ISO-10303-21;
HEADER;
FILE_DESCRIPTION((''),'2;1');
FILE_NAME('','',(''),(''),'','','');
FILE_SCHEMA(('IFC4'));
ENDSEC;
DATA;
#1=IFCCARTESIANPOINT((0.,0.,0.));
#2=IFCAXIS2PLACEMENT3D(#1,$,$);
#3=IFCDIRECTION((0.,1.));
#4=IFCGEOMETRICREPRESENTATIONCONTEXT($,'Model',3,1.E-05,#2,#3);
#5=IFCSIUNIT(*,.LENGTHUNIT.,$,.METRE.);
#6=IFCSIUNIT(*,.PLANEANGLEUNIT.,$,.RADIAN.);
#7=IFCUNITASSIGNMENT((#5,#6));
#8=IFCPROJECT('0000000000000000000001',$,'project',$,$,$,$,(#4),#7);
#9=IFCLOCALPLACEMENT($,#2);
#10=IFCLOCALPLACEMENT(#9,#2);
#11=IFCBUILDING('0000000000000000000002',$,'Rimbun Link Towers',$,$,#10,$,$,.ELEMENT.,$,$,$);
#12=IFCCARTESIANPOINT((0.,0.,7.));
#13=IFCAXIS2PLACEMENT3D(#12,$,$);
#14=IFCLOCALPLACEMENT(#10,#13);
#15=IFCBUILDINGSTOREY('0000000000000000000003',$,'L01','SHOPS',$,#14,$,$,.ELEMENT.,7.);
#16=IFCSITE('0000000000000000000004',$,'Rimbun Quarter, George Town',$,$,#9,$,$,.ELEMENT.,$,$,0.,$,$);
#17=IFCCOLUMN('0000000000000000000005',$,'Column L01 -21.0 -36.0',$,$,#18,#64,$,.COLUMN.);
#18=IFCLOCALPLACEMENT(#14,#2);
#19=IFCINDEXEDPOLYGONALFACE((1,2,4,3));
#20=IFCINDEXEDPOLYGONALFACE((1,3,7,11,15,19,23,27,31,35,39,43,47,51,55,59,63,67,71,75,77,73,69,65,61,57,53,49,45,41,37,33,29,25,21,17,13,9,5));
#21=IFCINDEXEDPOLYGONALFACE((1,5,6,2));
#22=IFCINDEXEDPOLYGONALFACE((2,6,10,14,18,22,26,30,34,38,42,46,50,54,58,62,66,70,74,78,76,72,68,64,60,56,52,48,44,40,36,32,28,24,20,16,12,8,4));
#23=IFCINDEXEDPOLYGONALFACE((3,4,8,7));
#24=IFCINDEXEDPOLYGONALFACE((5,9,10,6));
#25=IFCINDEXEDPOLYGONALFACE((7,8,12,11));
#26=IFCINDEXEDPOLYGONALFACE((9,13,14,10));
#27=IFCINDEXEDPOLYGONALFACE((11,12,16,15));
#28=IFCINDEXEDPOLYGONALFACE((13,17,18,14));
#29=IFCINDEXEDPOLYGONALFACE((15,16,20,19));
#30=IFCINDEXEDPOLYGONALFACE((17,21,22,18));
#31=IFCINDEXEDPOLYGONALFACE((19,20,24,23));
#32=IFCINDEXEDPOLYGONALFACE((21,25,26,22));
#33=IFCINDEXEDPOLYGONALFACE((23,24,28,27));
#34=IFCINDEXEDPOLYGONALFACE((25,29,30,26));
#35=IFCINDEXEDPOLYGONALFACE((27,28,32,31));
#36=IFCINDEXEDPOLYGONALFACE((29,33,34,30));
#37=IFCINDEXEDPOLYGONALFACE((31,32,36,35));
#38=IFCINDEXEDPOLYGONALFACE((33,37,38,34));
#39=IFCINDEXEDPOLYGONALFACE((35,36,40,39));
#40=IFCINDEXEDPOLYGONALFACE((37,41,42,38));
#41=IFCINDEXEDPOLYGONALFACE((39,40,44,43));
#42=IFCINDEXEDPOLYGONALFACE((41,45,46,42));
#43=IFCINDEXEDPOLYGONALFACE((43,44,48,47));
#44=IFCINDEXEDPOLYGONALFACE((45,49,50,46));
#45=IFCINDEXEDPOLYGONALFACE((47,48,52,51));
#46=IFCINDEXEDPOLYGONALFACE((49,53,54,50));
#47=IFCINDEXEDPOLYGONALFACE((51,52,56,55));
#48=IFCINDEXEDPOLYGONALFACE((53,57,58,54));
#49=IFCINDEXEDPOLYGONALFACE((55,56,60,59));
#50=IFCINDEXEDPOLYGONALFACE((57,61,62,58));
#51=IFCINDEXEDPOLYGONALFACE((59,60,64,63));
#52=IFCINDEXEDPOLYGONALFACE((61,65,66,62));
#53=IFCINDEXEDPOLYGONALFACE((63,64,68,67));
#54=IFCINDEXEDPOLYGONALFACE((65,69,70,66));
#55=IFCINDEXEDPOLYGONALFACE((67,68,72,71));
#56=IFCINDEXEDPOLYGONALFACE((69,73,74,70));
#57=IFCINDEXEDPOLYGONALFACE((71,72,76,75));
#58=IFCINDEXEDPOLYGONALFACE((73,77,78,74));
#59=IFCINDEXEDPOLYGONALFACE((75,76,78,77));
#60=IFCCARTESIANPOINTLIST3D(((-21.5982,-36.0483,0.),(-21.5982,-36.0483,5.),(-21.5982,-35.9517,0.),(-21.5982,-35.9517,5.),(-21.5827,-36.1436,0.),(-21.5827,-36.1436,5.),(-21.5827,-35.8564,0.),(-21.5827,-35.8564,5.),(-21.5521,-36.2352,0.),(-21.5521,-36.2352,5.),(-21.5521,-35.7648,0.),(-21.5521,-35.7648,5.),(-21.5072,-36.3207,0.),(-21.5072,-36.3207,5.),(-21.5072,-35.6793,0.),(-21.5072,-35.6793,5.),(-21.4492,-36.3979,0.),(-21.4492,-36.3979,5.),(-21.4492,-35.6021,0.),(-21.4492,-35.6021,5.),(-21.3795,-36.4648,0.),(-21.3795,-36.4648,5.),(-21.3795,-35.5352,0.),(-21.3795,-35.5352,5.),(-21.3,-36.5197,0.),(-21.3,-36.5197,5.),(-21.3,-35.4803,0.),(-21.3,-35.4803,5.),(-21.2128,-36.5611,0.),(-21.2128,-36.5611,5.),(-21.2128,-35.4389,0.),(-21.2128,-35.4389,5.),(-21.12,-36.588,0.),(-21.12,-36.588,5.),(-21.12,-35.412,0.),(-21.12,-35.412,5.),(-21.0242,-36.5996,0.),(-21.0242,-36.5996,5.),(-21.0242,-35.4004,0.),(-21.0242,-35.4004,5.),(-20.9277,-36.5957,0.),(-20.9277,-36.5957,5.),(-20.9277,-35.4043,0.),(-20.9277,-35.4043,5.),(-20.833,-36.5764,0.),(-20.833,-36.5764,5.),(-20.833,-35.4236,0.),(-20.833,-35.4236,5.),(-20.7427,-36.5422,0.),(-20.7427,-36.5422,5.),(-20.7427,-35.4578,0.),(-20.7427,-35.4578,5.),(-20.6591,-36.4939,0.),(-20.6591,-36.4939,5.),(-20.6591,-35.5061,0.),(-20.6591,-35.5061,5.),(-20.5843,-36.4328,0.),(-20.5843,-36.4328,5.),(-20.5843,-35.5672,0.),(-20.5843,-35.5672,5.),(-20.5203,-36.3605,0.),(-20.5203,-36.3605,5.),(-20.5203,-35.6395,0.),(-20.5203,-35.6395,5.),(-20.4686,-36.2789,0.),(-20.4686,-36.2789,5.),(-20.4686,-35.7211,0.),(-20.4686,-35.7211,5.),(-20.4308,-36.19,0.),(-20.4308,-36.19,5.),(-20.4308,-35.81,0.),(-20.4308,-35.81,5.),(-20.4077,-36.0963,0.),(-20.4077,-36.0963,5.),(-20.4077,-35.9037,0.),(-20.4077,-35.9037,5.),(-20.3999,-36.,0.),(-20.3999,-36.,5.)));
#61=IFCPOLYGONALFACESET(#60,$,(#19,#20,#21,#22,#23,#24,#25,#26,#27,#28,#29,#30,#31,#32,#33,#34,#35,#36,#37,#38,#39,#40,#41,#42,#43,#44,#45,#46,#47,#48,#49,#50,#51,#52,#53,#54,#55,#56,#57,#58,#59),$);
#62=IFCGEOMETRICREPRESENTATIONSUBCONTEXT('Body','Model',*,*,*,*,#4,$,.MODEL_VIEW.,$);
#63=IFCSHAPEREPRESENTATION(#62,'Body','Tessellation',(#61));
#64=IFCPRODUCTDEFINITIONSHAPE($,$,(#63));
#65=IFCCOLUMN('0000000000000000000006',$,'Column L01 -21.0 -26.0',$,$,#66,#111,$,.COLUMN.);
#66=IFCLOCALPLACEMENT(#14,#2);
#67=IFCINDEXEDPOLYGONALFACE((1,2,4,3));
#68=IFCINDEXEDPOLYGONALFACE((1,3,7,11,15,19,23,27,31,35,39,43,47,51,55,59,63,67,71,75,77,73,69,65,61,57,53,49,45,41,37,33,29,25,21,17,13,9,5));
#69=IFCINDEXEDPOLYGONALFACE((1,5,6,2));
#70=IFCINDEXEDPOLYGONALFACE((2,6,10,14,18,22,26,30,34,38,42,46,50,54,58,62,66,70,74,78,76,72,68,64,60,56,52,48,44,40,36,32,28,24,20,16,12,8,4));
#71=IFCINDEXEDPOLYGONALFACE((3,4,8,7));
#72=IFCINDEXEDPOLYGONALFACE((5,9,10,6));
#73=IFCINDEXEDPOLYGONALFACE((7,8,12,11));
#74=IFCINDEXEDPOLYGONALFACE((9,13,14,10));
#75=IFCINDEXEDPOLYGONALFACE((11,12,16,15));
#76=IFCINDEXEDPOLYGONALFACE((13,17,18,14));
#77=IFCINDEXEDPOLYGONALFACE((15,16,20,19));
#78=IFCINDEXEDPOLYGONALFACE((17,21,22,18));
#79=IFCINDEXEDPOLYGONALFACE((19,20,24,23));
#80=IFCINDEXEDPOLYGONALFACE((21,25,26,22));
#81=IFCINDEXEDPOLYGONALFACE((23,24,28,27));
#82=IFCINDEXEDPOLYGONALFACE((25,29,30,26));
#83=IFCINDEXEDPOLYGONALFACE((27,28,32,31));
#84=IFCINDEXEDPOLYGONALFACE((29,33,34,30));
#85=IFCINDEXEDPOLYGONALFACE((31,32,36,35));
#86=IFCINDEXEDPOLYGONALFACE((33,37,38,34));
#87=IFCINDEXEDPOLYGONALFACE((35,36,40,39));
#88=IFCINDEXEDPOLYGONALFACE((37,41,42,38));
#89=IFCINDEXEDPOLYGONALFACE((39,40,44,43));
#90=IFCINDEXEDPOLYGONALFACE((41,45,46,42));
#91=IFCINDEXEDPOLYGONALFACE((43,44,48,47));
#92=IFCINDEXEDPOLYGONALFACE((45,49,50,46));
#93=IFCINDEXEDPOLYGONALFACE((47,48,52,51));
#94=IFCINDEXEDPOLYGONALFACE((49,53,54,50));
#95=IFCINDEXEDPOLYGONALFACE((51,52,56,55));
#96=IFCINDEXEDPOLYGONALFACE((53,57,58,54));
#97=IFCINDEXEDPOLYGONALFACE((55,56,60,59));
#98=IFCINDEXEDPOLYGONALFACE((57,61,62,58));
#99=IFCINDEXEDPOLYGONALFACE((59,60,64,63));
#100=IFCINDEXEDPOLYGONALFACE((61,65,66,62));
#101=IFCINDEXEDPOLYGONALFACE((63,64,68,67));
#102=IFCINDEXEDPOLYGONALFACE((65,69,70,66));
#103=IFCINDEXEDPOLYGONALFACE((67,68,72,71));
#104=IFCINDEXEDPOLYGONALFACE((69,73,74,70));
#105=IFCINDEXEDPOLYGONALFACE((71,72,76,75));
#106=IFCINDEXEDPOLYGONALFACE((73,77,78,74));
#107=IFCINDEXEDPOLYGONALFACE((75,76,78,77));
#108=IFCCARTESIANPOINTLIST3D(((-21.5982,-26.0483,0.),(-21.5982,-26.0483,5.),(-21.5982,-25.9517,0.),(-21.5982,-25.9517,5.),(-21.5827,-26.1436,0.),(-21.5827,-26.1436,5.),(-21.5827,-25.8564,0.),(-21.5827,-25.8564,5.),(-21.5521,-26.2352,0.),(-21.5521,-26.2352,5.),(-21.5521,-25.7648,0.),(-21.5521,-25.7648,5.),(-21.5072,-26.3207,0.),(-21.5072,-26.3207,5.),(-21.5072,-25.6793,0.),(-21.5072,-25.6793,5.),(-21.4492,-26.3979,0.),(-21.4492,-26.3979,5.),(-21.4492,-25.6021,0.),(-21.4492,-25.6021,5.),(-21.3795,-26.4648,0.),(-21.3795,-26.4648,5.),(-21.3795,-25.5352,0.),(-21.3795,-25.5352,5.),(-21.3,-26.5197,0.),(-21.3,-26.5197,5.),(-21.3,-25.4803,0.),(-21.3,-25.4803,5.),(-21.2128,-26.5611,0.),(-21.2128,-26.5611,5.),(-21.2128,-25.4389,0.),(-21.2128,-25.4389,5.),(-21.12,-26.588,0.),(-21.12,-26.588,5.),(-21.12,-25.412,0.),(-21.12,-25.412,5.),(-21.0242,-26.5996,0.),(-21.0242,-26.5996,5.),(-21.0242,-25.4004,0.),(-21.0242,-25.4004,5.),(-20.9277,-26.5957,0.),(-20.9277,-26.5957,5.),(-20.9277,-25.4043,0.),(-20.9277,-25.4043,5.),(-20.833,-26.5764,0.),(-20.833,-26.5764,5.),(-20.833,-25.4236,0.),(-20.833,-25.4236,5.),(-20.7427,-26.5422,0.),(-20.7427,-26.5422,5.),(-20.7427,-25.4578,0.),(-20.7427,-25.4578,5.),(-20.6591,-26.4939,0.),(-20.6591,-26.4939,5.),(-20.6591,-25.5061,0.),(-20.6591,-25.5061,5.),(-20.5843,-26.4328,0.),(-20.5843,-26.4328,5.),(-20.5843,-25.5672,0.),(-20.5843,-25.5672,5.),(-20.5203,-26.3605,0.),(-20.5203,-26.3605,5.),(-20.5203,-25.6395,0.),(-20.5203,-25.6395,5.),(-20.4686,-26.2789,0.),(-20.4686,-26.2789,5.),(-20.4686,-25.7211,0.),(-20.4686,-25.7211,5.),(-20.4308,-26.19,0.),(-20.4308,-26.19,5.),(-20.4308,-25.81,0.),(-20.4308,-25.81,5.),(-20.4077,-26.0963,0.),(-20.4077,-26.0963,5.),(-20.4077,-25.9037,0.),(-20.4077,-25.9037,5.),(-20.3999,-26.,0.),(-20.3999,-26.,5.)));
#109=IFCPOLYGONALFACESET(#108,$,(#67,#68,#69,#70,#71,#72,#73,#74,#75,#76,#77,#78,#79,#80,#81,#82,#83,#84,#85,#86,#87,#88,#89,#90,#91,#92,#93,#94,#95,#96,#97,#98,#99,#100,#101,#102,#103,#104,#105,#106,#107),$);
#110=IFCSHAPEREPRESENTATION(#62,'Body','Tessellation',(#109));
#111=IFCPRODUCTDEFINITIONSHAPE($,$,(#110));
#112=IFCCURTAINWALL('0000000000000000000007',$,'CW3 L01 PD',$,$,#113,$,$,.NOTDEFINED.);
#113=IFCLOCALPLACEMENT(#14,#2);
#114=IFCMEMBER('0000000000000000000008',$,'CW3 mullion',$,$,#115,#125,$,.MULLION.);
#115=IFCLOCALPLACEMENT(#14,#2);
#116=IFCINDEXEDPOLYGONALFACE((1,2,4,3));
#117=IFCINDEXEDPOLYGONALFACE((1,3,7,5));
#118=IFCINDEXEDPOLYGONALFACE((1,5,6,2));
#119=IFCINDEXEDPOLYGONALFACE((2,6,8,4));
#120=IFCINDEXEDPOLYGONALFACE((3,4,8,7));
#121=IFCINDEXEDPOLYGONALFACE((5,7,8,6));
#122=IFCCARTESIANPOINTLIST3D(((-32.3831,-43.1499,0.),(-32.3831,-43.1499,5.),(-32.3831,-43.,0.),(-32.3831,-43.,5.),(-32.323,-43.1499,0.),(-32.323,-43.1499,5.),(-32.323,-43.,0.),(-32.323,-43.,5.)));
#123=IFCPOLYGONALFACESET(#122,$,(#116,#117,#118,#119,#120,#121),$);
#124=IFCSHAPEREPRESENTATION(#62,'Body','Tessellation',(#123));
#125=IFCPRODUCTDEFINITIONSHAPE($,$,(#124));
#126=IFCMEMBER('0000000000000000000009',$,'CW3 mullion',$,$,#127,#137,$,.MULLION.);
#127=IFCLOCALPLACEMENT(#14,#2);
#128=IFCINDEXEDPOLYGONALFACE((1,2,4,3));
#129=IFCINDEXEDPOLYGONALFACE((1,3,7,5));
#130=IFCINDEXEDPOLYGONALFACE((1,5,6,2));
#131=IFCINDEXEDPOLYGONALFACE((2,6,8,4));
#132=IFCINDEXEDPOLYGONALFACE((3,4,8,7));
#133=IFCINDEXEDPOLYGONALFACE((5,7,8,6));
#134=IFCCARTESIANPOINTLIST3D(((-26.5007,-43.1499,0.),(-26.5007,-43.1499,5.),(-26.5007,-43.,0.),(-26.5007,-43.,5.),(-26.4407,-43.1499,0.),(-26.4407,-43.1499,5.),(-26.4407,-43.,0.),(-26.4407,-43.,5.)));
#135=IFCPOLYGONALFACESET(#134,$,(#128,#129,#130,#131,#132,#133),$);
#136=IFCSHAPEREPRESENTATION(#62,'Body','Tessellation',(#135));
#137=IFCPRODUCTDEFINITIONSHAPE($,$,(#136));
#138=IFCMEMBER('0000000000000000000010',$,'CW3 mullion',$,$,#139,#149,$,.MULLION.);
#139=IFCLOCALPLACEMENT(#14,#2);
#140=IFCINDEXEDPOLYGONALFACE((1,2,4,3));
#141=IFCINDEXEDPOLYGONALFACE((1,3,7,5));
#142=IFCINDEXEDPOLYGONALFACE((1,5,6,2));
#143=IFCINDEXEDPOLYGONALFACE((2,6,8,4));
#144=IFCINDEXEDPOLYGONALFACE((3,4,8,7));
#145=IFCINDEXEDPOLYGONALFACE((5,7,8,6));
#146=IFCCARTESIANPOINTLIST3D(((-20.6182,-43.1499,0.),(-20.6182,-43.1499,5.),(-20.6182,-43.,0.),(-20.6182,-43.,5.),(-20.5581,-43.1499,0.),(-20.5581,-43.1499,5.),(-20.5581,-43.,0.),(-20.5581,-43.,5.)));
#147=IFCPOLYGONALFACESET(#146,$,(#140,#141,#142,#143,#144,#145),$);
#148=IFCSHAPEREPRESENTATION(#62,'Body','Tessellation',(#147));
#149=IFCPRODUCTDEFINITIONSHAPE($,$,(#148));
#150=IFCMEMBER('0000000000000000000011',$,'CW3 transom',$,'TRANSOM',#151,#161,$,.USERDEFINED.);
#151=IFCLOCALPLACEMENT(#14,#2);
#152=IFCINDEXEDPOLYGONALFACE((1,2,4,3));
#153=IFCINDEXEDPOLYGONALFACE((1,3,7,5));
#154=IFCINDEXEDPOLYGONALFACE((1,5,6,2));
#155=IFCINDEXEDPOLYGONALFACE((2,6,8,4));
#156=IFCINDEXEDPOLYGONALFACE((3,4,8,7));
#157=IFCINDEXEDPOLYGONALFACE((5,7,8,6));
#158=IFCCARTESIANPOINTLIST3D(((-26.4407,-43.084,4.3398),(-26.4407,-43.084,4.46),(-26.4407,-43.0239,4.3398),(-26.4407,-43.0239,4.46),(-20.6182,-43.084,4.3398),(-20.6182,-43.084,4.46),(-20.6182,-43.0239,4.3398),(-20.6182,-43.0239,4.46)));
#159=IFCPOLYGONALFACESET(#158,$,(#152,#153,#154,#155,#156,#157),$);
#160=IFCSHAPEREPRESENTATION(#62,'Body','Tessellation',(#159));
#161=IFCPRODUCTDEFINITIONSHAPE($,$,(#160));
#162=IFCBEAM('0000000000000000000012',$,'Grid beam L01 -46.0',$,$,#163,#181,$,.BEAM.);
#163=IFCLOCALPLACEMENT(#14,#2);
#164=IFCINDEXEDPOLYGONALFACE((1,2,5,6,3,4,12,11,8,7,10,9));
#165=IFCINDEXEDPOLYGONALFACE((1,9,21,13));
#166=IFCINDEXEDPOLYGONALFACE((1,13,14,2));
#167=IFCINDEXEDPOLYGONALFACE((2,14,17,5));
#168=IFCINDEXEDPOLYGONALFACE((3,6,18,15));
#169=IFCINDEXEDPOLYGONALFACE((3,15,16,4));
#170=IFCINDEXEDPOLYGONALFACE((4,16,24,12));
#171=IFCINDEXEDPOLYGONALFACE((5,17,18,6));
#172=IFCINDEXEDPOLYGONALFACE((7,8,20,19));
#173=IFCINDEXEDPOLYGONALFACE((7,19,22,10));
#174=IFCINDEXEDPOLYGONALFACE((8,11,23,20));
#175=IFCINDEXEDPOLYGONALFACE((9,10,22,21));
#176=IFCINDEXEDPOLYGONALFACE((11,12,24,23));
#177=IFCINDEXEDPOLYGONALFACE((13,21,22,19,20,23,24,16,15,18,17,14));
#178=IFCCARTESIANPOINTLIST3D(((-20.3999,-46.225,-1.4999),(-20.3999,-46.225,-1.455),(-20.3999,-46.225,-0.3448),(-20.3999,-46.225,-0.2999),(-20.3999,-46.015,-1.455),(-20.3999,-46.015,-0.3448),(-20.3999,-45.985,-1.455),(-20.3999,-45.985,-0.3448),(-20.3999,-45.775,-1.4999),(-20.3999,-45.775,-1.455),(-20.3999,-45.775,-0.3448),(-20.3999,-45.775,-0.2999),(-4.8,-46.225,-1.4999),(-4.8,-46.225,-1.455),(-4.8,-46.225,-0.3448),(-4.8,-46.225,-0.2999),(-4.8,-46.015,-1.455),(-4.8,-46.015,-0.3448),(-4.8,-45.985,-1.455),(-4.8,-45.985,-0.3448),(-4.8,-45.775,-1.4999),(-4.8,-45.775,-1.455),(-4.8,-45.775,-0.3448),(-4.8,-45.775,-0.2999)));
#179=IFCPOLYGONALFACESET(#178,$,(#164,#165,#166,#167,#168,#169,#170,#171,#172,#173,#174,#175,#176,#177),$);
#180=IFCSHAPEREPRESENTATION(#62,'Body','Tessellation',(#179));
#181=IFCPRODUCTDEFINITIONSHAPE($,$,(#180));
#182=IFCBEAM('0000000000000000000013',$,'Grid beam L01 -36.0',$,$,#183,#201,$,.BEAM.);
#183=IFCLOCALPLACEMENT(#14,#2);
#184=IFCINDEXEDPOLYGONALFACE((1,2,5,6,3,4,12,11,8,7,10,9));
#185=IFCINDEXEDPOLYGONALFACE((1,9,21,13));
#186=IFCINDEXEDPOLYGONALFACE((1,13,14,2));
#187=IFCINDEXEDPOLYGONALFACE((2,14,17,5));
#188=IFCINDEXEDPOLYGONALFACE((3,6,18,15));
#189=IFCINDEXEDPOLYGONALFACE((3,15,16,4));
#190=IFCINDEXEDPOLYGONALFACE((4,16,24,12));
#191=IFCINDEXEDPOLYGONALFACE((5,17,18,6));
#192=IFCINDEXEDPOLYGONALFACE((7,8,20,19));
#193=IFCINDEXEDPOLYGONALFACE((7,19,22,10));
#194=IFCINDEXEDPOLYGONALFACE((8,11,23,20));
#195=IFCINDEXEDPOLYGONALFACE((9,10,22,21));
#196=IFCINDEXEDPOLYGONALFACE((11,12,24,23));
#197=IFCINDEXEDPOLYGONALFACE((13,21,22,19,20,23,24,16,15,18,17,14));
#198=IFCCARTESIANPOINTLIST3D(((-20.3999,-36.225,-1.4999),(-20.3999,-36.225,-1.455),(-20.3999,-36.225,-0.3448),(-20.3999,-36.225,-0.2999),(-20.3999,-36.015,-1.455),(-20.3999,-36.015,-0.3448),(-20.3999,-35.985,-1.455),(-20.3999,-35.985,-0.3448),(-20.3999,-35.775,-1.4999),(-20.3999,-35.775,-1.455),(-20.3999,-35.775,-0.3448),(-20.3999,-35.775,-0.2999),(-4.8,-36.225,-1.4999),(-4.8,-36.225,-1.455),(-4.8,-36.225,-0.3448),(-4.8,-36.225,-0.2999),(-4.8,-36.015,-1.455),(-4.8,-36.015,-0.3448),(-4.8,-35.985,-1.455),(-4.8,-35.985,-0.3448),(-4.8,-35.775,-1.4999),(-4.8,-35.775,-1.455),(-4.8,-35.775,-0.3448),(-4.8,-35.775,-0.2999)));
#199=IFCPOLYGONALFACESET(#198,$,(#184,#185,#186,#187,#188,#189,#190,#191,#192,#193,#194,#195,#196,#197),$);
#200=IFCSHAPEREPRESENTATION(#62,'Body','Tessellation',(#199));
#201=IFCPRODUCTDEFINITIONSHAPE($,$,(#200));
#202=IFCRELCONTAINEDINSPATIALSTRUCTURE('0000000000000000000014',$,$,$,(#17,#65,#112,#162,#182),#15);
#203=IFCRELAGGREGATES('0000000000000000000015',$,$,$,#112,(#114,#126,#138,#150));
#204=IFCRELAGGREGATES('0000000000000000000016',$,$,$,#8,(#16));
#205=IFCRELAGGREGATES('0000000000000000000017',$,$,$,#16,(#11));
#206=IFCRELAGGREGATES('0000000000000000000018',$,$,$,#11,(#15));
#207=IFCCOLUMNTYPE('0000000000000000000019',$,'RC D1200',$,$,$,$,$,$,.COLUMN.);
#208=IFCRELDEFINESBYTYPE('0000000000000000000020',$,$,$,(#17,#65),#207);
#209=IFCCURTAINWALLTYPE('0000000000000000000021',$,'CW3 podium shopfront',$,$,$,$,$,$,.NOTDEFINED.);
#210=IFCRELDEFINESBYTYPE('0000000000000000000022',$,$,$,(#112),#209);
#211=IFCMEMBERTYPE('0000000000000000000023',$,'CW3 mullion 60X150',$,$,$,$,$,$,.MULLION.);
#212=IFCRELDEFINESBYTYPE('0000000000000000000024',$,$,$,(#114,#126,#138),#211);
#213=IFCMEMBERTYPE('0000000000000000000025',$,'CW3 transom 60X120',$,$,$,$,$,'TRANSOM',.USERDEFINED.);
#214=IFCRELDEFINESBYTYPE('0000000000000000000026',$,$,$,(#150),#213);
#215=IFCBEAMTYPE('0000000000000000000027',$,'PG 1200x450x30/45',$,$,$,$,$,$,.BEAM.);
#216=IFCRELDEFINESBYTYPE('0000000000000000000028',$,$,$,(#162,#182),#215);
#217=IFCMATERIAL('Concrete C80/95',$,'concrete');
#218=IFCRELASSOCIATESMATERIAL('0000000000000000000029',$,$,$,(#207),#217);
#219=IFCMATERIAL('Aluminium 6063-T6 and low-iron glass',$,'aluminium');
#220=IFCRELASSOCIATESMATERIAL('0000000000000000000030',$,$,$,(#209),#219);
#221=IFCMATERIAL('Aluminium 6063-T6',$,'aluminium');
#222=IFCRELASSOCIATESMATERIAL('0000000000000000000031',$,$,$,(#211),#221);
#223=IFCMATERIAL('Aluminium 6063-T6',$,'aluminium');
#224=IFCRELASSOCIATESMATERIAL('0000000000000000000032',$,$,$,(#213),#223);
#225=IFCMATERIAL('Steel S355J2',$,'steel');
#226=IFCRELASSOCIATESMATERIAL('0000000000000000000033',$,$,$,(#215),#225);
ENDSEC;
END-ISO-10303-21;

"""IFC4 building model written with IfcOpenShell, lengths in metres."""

from ifc_helpers import new_model, si_unit, direction, frame, origin, origin_2d, place, context, subcontext, project, spatial, rectangle, circle, i_section, extrude, material, material_profile, profile_set, type_object, element, aggregate, save


model = new_model("IFC4")

# Units and contexts
model_context = context("Model", 3, precision=1e-05, world=origin(), true_north=direction((0.0, 1.0)))
body_context = subcontext(model_context, "Body", "Model", "MODEL_VIEW")
ifc_project = project(units=[si_unit("LENGTHUNIT", "METRE"), si_unit("PLANEANGLEUNIT", "RADIAN")], contexts=[model_context])

# Site, building, storey
site_placement = place(None, origin())
site = spatial("IfcSite", under=ifc_project, at=site_placement, Name="Rimbun Quarter, George Town", CompositionType="ELEMENT", RefElevation=0.0)
building_placement = place(site_placement, origin())
building = spatial("IfcBuilding", under=site, at=building_placement, Name="Rimbun Link Towers", CompositionType="ELEMENT")
storey_placement = place(building_placement, frame((0.0, 0.0, 7.0)))
storey = spatial("IfcBuildingStorey", under=building, at=storey_placement, Name="L01", Description="SHOPS", CompositionType="ELEMENT", Elevation=7.0)

# Columns
ifc_material_1 = material(Name="Concrete C80/95", Category="concrete")
ifc_material_profile_1 = material_profile(ifc_material_1, circle(Radius=0.6001, at=origin_2d()), Name="RC D1200")
ifc_profile_set_1 = profile_set([ifc_material_profile_1], Name="Concrete C80/95")
column_type = type_object("IfcColumnType", Name="RC D1200", PredefinedType="COLUMN", material=ifc_profile_set_1)
for number, where, z_axis, x_axis, name in (
    (1, (-21.0, -36.0, 0.0), (0.0, 0.0, 1.0), (1.0, 0.0, 0.0), "Column L01 -21.0 -36.0"),
    (2, (-21.0, -26.0, 0.0), (0.0, 0.0, 1.0), (1.0, 0.0, 0.0), "Column L01 -21.0 -26.0"),
):
    element("IfcColumn", number, at=place(storey_placement, frame(where, z_axis=z_axis, x_axis=x_axis)), inside=storey, type_object=column_type, Name=name, PredefinedType="COLUMN", context=body_context, shape_type="SweptSolid", body=[
        extrude(circle(Radius=0.6001, at=origin_2d()), origin(), (0.0, 0.0, 1.0), 5.0),
    ])

# Curtain wall, members
ifc_material_2 = material(Name="Aluminium 6063-T6 and low-iron glass", Category="aluminium")
curtain_wall_type = type_object("IfcCurtainWallType", Name="CW3 podium shopfront", PredefinedType="NOTDEFINED", material=ifc_material_2)
curtain_wall_placement = place(storey_placement, origin())
curtain_wall = element("IfcCurtainWall", 3, at=curtain_wall_placement, inside=storey, type_object=curtain_wall_type, Name="CW3 L01 PD", PredefinedType="NOTDEFINED")
ifc_material_3 = material(Name="Aluminium 6063-T6", Category="aluminium")
ifc_material_profile_2 = material_profile(ifc_material_3, rectangle(XDim=0.1499, YDim=0.0601, at=origin_2d()), Name="MULLION 60X150")
ifc_profile_set_2 = profile_set([ifc_material_profile_2], Name="Aluminium 6063-T6")
member_type_1 = type_object("IfcMemberType", Name="CW3 mullion 60X150", PredefinedType="MULLION", material=ifc_profile_set_2)
member_1_placement = place(storey_placement, frame((-32.353, -43.075, 0.0), z_axis=(0.0, 0.0, 1.0), x_axis=(0.0, -1.0, 0.0)))
member_1 = element("IfcMember", 4, at=member_1_placement, type_object=member_type_1, Name="CW3 mullion", PredefinedType="MULLION", context=body_context, shape_type="SweptSolid", body=[
    extrude(rectangle(XDim=0.1499, YDim=0.0601, at=origin_2d()), origin(), (0.0, 0.0, 1.0), 5.0),
])
member_2_placement = place(storey_placement, frame((-26.4707, -43.075, 0.0), z_axis=(0.0, 0.0, 1.0), x_axis=(0.0, -1.0, 0.0)))
member_2 = element("IfcMember", 5, at=member_2_placement, type_object=member_type_1, Name="CW3 mullion", PredefinedType="MULLION", context=body_context, shape_type="SweptSolid", body=[
    extrude(rectangle(XDim=0.1499, YDim=0.0601, at=origin_2d()), origin(), (0.0, 0.0, 1.0), 5.0),
])
member_3_placement = place(storey_placement, frame((-20.5881, -43.075, 0.0), z_axis=(0.0, 0.0, 1.0), x_axis=(0.0, -1.0, 0.0)))
member_3 = element("IfcMember", 6, at=member_3_placement, type_object=member_type_1, Name="CW3 mullion", PredefinedType="MULLION", context=body_context, shape_type="SweptSolid", body=[
    extrude(rectangle(XDim=0.1499, YDim=0.0601, at=origin_2d()), origin(), (0.0, 0.0, 1.0), 5.0),
])
ifc_material_4 = material(Name="Aluminium 6063-T6", Category="aluminium")
ifc_material_profile_3 = material_profile(ifc_material_4, rectangle(XDim=0.0601, YDim=0.1201, at=origin_2d()), Name="TRANSOM 60X120")
ifc_profile_set_3 = profile_set([ifc_material_profile_3], Name="Aluminium 6063-T6")
member_type_2 = type_object("IfcMemberType", Name="CW3 transom 60X120", ElementType="TRANSOM", PredefinedType="USERDEFINED", material=ifc_profile_set_3)
member_4_placement = place(storey_placement, frame((-20.6182, -43.054, 4.3999), z_axis=(-1.0, 0.0, 0.0), x_axis=(0.0, -1.0, 0.0)))
member_4 = element("IfcMember", 7, at=member_4_placement, type_object=member_type_2, Name="CW3 transom", ObjectType="TRANSOM", PredefinedType="USERDEFINED", context=body_context, shape_type="SweptSolid", body=[
    extrude(rectangle(XDim=0.0601, YDim=0.1201, at=origin_2d()), origin(), (0.0, 0.0, 1.0), 5.8225),
])

# Beams
ifc_material_5 = material(Name="Steel S355J2", Category="steel")
ifc_material_profile_4 = material_profile(ifc_material_5, i_section(OverallWidth=0.45, OverallDepth=1.2, WebThickness=0.03, FlangeThickness=0.0449, at=origin_2d()), Name="PG 1200x450x30/45")
ifc_profile_set_4 = profile_set([ifc_material_profile_4], Name="Steel S355J2")
beam_type_1 = type_object("IfcBeamType", Name="PG 1200x450x30/45", PredefinedType="BEAM", material=ifc_profile_set_4)
for number, where, z_axis, x_axis, name in (
    (8, (-20.3999, -46.0, -0.8999), (1.0, 0.0, 0.0), (0.0, 1.0, 0.0), "Grid beam L01 -46.0"),
    (9, (-20.3999, -36.0, -0.8999), (1.0, 0.0, 0.0), (0.0, 1.0, 0.0), "Grid beam L01 -36.0"),
):
    element("IfcBeam", number, at=place(storey_placement, frame(where, z_axis=z_axis, x_axis=x_axis)), inside=storey, type_object=beam_type_1, Name=name, PredefinedType="BEAM", context=body_context, shape_type="SweptSolid", body=[
        extrude(i_section(OverallWidth=0.45, OverallDepth=1.2, WebThickness=0.03, FlangeThickness=0.0449, at=origin_2d()), origin(), (0.0, 0.0, 1.0), 15.5999),
    ])

aggregate(curtain_wall, [member_1, member_2, member_3, member_4])

save(model, "model.ifc")
